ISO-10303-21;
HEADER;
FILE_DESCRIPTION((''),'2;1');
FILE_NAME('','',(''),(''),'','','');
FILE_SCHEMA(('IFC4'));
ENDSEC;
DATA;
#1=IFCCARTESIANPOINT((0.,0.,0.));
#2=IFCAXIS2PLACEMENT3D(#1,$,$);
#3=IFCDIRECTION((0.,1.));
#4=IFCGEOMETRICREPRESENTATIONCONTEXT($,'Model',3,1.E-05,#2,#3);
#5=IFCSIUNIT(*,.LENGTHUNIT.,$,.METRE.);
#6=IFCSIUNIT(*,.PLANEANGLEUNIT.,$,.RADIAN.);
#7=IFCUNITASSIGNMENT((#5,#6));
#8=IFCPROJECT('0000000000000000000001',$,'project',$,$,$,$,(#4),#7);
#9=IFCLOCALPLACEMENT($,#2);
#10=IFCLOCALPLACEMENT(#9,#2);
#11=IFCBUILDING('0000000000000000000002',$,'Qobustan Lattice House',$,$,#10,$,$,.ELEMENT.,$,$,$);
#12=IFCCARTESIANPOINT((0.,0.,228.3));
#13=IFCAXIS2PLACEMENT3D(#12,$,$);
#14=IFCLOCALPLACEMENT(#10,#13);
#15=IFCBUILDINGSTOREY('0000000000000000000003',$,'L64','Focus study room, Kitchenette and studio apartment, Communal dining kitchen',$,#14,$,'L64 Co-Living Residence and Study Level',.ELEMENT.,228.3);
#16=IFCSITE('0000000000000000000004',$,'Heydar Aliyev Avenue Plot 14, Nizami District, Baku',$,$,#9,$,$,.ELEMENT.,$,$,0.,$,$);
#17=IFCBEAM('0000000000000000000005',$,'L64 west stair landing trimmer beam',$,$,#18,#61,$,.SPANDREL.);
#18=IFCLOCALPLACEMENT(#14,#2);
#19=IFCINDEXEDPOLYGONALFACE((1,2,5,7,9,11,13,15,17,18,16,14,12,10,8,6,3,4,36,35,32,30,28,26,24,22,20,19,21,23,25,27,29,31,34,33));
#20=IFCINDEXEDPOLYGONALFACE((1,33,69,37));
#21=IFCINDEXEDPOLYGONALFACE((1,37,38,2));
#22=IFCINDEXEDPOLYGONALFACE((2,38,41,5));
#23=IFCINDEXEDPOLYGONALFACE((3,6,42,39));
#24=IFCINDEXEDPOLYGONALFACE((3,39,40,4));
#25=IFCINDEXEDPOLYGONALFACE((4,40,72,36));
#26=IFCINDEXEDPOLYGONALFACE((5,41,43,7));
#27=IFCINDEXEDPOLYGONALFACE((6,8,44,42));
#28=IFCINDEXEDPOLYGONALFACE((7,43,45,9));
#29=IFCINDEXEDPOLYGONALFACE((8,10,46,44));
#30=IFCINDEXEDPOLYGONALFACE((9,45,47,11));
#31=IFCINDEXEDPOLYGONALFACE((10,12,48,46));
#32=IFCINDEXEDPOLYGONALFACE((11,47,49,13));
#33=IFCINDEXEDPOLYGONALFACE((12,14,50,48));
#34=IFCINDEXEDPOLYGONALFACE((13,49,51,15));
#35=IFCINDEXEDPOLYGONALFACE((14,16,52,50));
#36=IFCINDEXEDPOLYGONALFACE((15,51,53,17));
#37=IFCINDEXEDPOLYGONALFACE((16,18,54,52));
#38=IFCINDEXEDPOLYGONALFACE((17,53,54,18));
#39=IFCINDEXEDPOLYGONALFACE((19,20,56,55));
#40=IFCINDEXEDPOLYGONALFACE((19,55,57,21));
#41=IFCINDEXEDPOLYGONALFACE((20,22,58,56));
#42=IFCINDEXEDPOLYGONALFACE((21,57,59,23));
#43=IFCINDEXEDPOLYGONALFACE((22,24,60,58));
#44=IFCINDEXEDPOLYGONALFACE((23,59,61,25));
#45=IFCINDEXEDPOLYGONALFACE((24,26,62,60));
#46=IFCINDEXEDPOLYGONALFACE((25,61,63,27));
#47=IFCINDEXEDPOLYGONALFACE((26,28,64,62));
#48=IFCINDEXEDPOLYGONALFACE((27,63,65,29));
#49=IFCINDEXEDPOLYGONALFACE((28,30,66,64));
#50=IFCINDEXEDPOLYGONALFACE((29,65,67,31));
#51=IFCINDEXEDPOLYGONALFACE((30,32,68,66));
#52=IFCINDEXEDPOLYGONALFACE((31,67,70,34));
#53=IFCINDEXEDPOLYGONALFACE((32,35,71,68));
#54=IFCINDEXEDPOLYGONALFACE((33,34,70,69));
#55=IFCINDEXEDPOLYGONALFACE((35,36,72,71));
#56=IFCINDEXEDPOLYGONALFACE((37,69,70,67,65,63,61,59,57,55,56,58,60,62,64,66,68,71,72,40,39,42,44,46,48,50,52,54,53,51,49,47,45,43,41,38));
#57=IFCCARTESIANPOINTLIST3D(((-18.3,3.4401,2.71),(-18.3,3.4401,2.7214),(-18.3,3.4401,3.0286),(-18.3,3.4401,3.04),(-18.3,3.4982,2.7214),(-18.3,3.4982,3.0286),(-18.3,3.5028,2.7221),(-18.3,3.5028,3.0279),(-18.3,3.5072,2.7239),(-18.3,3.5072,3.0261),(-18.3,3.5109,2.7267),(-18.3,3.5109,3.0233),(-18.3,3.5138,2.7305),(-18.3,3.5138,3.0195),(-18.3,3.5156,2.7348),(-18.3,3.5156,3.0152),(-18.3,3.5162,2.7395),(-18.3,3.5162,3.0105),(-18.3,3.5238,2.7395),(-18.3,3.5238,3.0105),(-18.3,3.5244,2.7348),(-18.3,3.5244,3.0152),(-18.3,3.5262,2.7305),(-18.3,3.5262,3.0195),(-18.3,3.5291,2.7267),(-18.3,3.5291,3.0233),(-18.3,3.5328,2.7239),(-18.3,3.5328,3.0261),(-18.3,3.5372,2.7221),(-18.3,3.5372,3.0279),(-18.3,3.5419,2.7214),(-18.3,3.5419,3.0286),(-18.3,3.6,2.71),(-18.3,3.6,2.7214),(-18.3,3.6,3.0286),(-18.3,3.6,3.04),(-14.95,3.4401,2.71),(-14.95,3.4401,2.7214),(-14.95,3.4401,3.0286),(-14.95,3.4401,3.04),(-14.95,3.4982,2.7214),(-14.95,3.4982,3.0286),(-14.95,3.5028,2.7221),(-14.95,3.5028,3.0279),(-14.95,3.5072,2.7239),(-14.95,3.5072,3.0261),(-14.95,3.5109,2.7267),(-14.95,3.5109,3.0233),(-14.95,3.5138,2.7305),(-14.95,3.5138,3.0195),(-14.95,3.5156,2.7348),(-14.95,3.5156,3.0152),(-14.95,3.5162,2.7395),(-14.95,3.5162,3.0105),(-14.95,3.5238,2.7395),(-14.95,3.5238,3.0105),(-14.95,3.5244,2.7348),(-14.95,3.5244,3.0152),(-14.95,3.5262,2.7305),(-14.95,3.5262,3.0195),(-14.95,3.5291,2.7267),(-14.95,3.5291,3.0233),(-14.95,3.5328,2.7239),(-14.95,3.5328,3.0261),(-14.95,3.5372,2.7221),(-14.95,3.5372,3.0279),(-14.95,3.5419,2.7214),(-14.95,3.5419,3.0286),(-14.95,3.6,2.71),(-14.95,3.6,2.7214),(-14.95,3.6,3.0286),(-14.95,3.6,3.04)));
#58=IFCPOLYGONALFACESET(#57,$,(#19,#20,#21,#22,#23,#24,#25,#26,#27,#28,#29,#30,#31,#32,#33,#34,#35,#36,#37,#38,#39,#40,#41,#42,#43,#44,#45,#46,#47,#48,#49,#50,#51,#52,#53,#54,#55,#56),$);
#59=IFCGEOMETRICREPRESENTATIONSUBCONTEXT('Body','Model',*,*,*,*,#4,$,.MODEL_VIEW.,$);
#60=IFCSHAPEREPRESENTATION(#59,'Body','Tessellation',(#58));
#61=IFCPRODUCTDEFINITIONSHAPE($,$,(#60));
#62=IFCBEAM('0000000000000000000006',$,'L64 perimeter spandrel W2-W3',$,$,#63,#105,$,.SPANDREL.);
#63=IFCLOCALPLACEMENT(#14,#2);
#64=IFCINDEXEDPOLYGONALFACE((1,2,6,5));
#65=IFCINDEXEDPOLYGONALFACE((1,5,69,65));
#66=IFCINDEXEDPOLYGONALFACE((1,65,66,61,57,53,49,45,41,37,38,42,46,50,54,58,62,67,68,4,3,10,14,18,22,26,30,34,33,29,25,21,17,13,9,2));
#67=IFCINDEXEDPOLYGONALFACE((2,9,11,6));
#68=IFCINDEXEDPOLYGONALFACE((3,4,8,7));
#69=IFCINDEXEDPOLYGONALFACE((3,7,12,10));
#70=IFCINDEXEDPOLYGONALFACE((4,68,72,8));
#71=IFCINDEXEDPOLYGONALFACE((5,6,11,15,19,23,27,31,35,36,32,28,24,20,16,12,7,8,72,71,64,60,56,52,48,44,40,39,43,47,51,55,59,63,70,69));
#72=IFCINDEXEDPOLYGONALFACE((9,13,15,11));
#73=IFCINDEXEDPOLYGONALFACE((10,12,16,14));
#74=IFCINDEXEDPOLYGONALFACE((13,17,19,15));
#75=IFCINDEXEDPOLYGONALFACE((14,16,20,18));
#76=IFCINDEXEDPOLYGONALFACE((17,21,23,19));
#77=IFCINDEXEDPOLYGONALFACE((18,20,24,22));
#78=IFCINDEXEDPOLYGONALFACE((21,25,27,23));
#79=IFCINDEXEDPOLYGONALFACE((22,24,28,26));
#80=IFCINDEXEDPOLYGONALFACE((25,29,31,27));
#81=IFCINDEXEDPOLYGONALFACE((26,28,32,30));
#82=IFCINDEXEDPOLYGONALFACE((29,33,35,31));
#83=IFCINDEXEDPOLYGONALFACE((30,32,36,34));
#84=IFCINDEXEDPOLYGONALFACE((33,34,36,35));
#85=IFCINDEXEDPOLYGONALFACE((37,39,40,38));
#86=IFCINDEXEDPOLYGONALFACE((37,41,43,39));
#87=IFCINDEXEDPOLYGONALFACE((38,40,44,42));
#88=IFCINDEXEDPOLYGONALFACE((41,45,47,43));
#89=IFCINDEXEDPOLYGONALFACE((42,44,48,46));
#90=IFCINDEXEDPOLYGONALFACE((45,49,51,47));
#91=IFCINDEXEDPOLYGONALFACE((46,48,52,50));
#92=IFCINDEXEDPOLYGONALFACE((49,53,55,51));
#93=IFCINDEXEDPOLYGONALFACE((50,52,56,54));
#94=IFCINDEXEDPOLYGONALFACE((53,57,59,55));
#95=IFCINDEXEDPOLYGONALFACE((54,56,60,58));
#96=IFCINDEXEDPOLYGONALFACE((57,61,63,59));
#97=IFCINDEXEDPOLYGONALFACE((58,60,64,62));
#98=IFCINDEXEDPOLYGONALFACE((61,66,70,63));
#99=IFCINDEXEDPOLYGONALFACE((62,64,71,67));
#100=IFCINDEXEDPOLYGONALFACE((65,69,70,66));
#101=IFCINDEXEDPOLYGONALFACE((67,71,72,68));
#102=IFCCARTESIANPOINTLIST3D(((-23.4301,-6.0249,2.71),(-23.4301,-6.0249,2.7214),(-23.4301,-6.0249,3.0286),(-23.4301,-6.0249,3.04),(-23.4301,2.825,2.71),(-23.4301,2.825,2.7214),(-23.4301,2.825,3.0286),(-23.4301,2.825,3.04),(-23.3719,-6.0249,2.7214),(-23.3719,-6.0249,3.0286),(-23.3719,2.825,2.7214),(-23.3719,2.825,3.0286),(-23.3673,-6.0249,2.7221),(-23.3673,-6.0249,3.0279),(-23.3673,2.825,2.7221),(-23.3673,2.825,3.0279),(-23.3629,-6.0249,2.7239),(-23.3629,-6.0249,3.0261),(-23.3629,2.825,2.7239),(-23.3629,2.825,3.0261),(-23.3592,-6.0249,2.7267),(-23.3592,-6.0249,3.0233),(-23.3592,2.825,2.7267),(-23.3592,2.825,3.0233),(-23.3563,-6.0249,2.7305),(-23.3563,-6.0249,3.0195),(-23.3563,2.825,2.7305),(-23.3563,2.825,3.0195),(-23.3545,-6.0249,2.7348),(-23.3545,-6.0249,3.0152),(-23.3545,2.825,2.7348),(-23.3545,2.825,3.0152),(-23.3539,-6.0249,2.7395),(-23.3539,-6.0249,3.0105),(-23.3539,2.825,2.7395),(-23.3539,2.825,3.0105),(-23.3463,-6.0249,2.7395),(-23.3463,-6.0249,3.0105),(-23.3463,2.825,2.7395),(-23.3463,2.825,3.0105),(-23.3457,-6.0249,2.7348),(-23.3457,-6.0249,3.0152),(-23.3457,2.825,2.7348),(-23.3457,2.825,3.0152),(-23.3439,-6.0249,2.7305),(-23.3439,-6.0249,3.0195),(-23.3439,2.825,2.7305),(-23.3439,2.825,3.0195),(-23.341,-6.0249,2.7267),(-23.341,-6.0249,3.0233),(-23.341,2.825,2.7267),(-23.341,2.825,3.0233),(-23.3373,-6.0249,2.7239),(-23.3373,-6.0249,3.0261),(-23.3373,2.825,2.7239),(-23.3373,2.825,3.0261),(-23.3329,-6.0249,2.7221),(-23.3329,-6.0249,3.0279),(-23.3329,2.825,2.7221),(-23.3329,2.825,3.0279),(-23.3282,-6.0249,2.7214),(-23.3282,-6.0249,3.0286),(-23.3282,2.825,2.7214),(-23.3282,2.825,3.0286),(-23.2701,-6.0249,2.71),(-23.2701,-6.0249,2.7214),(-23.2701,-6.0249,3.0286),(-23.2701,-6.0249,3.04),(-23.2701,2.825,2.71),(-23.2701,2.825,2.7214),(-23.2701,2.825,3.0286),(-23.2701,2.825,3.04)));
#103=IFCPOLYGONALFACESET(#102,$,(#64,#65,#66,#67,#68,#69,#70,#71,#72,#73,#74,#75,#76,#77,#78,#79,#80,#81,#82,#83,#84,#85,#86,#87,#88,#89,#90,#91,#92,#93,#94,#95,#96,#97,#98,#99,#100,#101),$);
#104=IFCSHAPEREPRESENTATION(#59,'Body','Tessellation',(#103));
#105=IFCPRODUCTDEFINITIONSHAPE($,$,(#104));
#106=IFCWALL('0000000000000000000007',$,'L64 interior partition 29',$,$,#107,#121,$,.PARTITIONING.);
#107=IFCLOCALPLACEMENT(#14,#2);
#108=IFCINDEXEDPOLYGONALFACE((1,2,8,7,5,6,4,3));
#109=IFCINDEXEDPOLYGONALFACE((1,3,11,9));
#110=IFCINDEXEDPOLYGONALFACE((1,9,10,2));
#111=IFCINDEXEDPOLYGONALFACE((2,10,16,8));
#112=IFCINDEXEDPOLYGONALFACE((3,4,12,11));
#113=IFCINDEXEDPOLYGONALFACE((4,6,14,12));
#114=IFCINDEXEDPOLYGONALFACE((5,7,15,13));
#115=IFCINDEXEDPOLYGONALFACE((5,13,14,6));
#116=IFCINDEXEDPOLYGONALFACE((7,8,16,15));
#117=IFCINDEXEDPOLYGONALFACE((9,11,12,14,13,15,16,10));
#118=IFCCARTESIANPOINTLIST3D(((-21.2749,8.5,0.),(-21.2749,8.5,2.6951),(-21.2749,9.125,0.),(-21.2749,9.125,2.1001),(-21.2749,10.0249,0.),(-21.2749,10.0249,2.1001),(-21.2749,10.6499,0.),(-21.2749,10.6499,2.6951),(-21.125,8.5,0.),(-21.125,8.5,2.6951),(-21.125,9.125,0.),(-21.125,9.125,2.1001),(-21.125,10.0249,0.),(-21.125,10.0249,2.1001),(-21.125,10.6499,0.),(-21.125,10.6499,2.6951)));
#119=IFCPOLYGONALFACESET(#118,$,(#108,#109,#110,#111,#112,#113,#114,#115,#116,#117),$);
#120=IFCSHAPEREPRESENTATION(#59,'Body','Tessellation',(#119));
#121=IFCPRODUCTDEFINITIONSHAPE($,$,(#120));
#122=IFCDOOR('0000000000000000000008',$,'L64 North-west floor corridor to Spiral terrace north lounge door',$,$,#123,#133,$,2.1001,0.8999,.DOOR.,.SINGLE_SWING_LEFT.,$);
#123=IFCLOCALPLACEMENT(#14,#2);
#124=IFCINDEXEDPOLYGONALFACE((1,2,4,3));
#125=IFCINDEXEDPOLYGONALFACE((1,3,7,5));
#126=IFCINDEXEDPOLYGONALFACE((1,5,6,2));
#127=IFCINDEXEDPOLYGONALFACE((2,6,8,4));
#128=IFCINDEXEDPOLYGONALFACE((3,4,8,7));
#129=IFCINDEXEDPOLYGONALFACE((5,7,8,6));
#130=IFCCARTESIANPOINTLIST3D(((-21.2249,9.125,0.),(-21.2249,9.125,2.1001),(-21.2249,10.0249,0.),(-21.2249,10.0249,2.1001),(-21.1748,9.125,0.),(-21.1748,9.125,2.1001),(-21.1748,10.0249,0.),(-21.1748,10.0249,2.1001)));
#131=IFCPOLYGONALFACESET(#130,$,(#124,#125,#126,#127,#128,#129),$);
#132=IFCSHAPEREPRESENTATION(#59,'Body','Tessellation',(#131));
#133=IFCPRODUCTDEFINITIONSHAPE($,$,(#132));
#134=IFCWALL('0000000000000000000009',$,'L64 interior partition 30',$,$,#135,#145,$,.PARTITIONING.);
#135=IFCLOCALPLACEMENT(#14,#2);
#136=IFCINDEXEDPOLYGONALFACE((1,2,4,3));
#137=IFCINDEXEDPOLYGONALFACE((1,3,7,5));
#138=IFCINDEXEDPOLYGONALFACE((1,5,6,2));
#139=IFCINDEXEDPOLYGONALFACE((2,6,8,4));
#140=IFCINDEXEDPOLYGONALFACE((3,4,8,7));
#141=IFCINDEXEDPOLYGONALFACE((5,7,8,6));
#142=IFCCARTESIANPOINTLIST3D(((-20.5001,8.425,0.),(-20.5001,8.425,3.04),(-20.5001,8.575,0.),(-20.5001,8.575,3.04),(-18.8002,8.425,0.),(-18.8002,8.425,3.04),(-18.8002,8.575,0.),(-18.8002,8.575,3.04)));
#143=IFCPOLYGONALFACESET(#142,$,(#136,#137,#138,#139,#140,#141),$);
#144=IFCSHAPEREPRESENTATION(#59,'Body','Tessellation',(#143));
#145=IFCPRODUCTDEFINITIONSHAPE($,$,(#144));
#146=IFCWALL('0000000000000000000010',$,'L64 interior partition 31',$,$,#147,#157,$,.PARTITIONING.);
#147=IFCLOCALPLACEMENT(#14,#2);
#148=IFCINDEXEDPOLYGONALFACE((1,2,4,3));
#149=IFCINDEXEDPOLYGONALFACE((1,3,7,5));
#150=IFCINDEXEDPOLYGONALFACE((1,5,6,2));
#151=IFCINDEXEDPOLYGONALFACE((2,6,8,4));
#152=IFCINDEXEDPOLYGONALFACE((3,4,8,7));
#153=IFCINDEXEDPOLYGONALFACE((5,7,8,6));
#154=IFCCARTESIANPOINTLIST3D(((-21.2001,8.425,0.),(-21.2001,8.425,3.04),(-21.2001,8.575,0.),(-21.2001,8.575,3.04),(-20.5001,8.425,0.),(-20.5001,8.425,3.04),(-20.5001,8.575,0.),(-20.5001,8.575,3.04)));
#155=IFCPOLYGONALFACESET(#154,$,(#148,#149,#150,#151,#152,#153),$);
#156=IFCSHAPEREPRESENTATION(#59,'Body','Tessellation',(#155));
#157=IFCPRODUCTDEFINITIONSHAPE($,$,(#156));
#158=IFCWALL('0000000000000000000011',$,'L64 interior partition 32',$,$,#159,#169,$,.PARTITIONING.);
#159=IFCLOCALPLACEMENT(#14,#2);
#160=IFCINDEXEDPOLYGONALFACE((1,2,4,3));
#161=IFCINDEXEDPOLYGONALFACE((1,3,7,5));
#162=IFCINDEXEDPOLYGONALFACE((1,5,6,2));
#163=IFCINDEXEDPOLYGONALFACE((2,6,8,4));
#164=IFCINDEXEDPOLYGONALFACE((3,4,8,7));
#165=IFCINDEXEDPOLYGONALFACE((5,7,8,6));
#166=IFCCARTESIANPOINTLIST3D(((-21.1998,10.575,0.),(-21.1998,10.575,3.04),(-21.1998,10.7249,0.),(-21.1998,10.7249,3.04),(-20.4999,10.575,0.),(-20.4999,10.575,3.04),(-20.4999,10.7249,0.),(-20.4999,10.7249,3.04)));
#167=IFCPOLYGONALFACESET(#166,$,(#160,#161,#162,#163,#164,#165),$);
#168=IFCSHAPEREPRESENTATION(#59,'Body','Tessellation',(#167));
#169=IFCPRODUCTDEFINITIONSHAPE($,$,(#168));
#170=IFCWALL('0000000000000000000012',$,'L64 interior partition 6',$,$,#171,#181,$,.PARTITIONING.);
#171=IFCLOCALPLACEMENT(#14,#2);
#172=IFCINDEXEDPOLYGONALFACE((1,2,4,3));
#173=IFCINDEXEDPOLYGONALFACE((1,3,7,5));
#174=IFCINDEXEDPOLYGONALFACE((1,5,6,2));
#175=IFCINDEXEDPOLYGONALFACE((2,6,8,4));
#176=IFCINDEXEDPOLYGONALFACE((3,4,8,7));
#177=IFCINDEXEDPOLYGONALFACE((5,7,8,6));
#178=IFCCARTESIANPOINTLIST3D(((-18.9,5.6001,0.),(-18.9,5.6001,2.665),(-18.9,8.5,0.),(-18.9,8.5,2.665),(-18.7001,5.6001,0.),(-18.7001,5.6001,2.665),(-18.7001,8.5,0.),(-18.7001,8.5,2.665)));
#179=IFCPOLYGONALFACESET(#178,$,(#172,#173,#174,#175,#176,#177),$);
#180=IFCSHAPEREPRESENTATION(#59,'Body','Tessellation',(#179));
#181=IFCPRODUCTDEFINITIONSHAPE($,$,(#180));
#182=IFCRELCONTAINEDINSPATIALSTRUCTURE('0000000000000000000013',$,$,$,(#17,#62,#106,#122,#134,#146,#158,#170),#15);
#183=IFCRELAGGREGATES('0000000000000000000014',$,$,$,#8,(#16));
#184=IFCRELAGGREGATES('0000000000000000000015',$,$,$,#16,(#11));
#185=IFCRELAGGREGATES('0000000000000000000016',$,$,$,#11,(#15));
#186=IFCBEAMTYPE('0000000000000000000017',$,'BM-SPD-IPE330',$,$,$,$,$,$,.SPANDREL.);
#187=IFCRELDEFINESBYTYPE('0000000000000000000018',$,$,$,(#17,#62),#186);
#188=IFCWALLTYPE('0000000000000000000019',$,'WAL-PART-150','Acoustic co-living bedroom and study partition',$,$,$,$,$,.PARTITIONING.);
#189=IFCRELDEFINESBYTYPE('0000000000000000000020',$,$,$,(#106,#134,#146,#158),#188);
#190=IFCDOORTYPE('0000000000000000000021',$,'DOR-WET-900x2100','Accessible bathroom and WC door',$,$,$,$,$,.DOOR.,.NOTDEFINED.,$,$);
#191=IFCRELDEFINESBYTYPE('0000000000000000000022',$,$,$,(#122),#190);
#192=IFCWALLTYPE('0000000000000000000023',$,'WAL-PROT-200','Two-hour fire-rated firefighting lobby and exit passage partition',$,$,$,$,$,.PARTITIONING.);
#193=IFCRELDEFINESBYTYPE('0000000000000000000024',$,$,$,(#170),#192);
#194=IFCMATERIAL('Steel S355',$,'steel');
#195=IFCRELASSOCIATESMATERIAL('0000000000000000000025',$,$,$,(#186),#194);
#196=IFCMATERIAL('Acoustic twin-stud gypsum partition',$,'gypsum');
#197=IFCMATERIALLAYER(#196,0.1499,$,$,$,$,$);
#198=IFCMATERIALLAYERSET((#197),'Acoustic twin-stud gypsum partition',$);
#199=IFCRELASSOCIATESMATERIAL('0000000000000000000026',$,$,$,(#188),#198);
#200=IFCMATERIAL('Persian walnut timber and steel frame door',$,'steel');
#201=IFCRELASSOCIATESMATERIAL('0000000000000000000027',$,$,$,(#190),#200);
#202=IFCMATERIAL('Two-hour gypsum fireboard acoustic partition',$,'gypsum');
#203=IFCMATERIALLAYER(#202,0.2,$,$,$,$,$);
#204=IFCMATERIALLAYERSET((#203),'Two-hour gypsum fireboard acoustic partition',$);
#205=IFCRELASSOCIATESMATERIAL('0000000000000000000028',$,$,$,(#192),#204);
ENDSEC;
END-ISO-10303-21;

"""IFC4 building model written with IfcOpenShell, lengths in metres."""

from ifc_helpers import new_model, si_unit, direction, frame, frame_2d, origin, origin_2d, place, context, subcontext, project, spatial, rectangle, i_section, extrude, material, layer, layer_set, material_profile, profile_set, type_object, element, fill, save


model = new_model("IFC4")

# Units and contexts
model_context = context("Model", 3, precision=1e-05, world=origin(), true_north=direction((0.0, 1.0)))
body_context = subcontext(model_context, "Body", "Model", "MODEL_VIEW")
ifc_project = project(units=[si_unit("LENGTHUNIT", "METRE"), si_unit("PLANEANGLEUNIT", "RADIAN")], contexts=[model_context])

# Site, building, storey
site_placement = place(None, origin())
site = spatial("IfcSite", under=ifc_project, at=site_placement, Name="Heydar Aliyev Avenue Plot 14, Nizami District, Baku", CompositionType="ELEMENT", RefElevation=0.0)
building_placement = place(site_placement, origin())
building = spatial("IfcBuilding", under=site, at=building_placement, Name="Qobustan Lattice House", CompositionType="ELEMENT")
storey_placement = place(building_placement, frame((0.0, 0.0, 228.3)))
storey = spatial("IfcBuildingStorey", under=building, at=storey_placement, Name="L64", Description="Focus study room, Kitchenette and studio apartment, Communal dining kitchen", LongName="L64 Co-Living Residence and Study Level", CompositionType="ELEMENT", Elevation=228.3)

# Beams
ifc_material_1 = material(Name="Steel S355", Category="steel")
ifc_material_profile_1 = material_profile(ifc_material_1, i_section(OverallWidth=0.1599, OverallDepth=0.3301, WebThickness=0.0076, FlangeThickness=0.0115, FilletRadius=0.0181, at=origin_2d()), Name="IPE330")
ifc_profile_set_1 = profile_set([ifc_material_profile_1], Name="Steel S355")
beam_type_1 = type_object("IfcBeamType", Name="BM-SPD-IPE330", PredefinedType="SPANDREL", material=ifc_profile_set_1)
beam_1_placement = place(storey_placement, frame((-18.3, 3.52, 2.875), z_axis=(1.0, 0.0, 0.0), x_axis=(0.0, 1.0, 0.0)))
element("IfcBeam", 1, at=beam_1_placement, inside=storey, type_object=beam_type_1, Name="L64 west stair landing trimmer beam", PredefinedType="SPANDREL", context=body_context, shape_type="SweptSolid", body=[
    extrude(i_section(OverallWidth=0.1599, OverallDepth=0.3301, WebThickness=0.0076, FlangeThickness=0.0115, FilletRadius=0.0181, at=origin_2d()), origin(), (0.0, 0.0, 1.0), 3.3501),
])
beam_2_placement = place(storey_placement, frame((-23.3501, 2.825, 2.875), z_axis=(0.0, -1.0, 0.0), x_axis=(1.0, 0.0, 0.0)))
element("IfcBeam", 2, at=beam_2_placement, inside=storey, type_object=beam_type_1, Name="L64 perimeter spandrel W2-W3", PredefinedType="SPANDREL", context=body_context, shape_type="SweptSolid", body=[
    extrude(i_section(OverallWidth=0.1599, OverallDepth=0.3301, WebThickness=0.0076, FlangeThickness=0.0115, FilletRadius=0.0181, at=origin_2d()), origin(), (0.0, 0.0, 1.0), 8.8499),
])

# Wall, opening, door
ifc_material_2 = material(Name="Acoustic twin-stud gypsum partition", Category="gypsum")
ifc_layer_1 = layer(ifc_material_2, 0.1499)
ifc_layer_set_1 = layer_set([ifc_layer_1], Name="Acoustic twin-stud gypsum partition")
wall_type_1 = type_object("IfcWallType", Name="WAL-PART-150", Description="Acoustic co-living bedroom and study partition", PredefinedType="PARTITIONING", material=ifc_layer_set_1)
wall_1_placement = place(storey_placement, frame((-21.2, 8.5, 0.0), z_axis=(0.0, 0.0, 1.0), x_axis=(0.0, 1.0, 0.0)))
wall_1 = element("IfcWall", 3, at=wall_1_placement, inside=storey, type_object=wall_type_1, Name="L64 interior partition 29", PredefinedType="PARTITIONING", context=body_context, shape_type="SweptSolid", body=[
    extrude(rectangle(XDim=2.1499, YDim=0.1499, at=frame_2d((1.075, 0.0))), origin(), (0.0, 0.0, 1.0), 2.6951),
])
opening_1_placement = place(wall_1_placement, frame((0.625, 0.0, 0.0)))
opening_1 = element("IfcOpeningElement", 4, at=opening_1_placement, cuts=wall_1, PredefinedType="OPENING", context=body_context, shape_type="SweptSolid", body=[
    extrude(rectangle(XDim=0.8999, YDim=2.1001, at=frame_2d((0.45, 1.05))), frame((0.0, 0.085, 0.0), z_axis=(0.0, -1.0, 0.0), x_axis=(1.0, 0.0, 0.0)), (0.0, 0.0, 1.0), 0.1699),
])
ifc_material_3 = material(Name="Persian walnut timber and steel frame door", Category="steel")
door_type_1 = type_object("IfcDoorType", Name="DOR-WET-900x2100", Description="Accessible bathroom and WC door", OperationType="NOTDEFINED", PredefinedType="DOOR", material=ifc_material_3)
door_1_placement = place(opening_1_placement, origin())
door_1 = element("IfcDoor", 5, at=door_1_placement, inside=storey, type_object=door_type_1, Name="L64 North-west floor corridor to Spiral terrace north lounge door", OperationType="SINGLE_SWING_LEFT", OverallHeight=2.1001, OverallWidth=0.8999, PredefinedType="DOOR", context=body_context, shape_type="SweptSolid", body=[
    extrude(rectangle(XDim=0.8999, YDim=2.1001, at=frame_2d((0.45, 1.05))), frame((0.0, 0.0249, 0.0), z_axis=(0.0, -1.0, 0.0), x_axis=(1.0, 0.0, 0.0)), (0.0, 0.0, 1.0), 0.05),
])
fill(opening_1, door_1)

# Walls
wall_2_placement = place(storey_placement, frame((-18.8, 8.5, 0.0), z_axis=(0.0, 0.0, 1.0), x_axis=(-1.0, 0.0, 0.0)))
element("IfcWall", 6, at=wall_2_placement, inside=storey, type_object=wall_type_1, Name="L64 interior partition 30", PredefinedType="PARTITIONING", context=body_context, shape_type="SweptSolid", body=[
    extrude(rectangle(XDim=1.7, YDim=0.1499, at=frame_2d((0.8501, 0.0))), origin(), (0.0, 0.0, 1.0), 3.04),
])
for number, where, z_axis, x_axis, name in (
    (7, (-20.5, 8.5, 0.0), (0.0, 0.0, 1.0), (-1.0, 0.0, 0.0), "L64 interior partition 31"),
    (8, (-21.2, 10.6499, 0.0), (0.0, 0.0, 1.0), (1.0, 0.0, 0.0), "L64 interior partition 32"),
):
    element("IfcWall", number, at=place(storey_placement, frame(where, z_axis=z_axis, x_axis=x_axis)), inside=storey, type_object=wall_type_1, Name=name, PredefinedType="PARTITIONING", context=body_context, shape_type="SweptSolid", body=[
        extrude(rectangle(XDim=0.7, YDim=0.1499, at=frame_2d((0.3501, 0.0))), origin(), (0.0, 0.0, 1.0), 3.04),
    ])
ifc_material_4 = material(Name="Two-hour gypsum fireboard acoustic partition", Category="gypsum")
ifc_layer_2 = layer(ifc_material_4, 0.2)
ifc_layer_set_2 = layer_set([ifc_layer_2], Name="Two-hour gypsum fireboard acoustic partition")
wall_type_2 = type_object("IfcWallType", Name="WAL-PROT-200", Description="Two-hour fire-rated firefighting lobby and exit passage partition", PredefinedType="PARTITIONING", material=ifc_layer_set_2)
wall_3_placement = place(storey_placement, frame((-18.8, 8.5, 0.0), z_axis=(0.0, 0.0, 1.0), x_axis=(0.0, -1.0, 0.0)))
element("IfcWall", 9, at=wall_3_placement, inside=storey, type_object=wall_type_2, Name="L64 interior partition 6", PredefinedType="PARTITIONING", context=body_context, shape_type="SweptSolid", body=[
    extrude(rectangle(XDim=2.8999, YDim=0.2, at=frame_2d((1.45, 0.0))), origin(), (0.0, 0.0, 1.0), 2.665),
])

save(model, "model.ifc")
